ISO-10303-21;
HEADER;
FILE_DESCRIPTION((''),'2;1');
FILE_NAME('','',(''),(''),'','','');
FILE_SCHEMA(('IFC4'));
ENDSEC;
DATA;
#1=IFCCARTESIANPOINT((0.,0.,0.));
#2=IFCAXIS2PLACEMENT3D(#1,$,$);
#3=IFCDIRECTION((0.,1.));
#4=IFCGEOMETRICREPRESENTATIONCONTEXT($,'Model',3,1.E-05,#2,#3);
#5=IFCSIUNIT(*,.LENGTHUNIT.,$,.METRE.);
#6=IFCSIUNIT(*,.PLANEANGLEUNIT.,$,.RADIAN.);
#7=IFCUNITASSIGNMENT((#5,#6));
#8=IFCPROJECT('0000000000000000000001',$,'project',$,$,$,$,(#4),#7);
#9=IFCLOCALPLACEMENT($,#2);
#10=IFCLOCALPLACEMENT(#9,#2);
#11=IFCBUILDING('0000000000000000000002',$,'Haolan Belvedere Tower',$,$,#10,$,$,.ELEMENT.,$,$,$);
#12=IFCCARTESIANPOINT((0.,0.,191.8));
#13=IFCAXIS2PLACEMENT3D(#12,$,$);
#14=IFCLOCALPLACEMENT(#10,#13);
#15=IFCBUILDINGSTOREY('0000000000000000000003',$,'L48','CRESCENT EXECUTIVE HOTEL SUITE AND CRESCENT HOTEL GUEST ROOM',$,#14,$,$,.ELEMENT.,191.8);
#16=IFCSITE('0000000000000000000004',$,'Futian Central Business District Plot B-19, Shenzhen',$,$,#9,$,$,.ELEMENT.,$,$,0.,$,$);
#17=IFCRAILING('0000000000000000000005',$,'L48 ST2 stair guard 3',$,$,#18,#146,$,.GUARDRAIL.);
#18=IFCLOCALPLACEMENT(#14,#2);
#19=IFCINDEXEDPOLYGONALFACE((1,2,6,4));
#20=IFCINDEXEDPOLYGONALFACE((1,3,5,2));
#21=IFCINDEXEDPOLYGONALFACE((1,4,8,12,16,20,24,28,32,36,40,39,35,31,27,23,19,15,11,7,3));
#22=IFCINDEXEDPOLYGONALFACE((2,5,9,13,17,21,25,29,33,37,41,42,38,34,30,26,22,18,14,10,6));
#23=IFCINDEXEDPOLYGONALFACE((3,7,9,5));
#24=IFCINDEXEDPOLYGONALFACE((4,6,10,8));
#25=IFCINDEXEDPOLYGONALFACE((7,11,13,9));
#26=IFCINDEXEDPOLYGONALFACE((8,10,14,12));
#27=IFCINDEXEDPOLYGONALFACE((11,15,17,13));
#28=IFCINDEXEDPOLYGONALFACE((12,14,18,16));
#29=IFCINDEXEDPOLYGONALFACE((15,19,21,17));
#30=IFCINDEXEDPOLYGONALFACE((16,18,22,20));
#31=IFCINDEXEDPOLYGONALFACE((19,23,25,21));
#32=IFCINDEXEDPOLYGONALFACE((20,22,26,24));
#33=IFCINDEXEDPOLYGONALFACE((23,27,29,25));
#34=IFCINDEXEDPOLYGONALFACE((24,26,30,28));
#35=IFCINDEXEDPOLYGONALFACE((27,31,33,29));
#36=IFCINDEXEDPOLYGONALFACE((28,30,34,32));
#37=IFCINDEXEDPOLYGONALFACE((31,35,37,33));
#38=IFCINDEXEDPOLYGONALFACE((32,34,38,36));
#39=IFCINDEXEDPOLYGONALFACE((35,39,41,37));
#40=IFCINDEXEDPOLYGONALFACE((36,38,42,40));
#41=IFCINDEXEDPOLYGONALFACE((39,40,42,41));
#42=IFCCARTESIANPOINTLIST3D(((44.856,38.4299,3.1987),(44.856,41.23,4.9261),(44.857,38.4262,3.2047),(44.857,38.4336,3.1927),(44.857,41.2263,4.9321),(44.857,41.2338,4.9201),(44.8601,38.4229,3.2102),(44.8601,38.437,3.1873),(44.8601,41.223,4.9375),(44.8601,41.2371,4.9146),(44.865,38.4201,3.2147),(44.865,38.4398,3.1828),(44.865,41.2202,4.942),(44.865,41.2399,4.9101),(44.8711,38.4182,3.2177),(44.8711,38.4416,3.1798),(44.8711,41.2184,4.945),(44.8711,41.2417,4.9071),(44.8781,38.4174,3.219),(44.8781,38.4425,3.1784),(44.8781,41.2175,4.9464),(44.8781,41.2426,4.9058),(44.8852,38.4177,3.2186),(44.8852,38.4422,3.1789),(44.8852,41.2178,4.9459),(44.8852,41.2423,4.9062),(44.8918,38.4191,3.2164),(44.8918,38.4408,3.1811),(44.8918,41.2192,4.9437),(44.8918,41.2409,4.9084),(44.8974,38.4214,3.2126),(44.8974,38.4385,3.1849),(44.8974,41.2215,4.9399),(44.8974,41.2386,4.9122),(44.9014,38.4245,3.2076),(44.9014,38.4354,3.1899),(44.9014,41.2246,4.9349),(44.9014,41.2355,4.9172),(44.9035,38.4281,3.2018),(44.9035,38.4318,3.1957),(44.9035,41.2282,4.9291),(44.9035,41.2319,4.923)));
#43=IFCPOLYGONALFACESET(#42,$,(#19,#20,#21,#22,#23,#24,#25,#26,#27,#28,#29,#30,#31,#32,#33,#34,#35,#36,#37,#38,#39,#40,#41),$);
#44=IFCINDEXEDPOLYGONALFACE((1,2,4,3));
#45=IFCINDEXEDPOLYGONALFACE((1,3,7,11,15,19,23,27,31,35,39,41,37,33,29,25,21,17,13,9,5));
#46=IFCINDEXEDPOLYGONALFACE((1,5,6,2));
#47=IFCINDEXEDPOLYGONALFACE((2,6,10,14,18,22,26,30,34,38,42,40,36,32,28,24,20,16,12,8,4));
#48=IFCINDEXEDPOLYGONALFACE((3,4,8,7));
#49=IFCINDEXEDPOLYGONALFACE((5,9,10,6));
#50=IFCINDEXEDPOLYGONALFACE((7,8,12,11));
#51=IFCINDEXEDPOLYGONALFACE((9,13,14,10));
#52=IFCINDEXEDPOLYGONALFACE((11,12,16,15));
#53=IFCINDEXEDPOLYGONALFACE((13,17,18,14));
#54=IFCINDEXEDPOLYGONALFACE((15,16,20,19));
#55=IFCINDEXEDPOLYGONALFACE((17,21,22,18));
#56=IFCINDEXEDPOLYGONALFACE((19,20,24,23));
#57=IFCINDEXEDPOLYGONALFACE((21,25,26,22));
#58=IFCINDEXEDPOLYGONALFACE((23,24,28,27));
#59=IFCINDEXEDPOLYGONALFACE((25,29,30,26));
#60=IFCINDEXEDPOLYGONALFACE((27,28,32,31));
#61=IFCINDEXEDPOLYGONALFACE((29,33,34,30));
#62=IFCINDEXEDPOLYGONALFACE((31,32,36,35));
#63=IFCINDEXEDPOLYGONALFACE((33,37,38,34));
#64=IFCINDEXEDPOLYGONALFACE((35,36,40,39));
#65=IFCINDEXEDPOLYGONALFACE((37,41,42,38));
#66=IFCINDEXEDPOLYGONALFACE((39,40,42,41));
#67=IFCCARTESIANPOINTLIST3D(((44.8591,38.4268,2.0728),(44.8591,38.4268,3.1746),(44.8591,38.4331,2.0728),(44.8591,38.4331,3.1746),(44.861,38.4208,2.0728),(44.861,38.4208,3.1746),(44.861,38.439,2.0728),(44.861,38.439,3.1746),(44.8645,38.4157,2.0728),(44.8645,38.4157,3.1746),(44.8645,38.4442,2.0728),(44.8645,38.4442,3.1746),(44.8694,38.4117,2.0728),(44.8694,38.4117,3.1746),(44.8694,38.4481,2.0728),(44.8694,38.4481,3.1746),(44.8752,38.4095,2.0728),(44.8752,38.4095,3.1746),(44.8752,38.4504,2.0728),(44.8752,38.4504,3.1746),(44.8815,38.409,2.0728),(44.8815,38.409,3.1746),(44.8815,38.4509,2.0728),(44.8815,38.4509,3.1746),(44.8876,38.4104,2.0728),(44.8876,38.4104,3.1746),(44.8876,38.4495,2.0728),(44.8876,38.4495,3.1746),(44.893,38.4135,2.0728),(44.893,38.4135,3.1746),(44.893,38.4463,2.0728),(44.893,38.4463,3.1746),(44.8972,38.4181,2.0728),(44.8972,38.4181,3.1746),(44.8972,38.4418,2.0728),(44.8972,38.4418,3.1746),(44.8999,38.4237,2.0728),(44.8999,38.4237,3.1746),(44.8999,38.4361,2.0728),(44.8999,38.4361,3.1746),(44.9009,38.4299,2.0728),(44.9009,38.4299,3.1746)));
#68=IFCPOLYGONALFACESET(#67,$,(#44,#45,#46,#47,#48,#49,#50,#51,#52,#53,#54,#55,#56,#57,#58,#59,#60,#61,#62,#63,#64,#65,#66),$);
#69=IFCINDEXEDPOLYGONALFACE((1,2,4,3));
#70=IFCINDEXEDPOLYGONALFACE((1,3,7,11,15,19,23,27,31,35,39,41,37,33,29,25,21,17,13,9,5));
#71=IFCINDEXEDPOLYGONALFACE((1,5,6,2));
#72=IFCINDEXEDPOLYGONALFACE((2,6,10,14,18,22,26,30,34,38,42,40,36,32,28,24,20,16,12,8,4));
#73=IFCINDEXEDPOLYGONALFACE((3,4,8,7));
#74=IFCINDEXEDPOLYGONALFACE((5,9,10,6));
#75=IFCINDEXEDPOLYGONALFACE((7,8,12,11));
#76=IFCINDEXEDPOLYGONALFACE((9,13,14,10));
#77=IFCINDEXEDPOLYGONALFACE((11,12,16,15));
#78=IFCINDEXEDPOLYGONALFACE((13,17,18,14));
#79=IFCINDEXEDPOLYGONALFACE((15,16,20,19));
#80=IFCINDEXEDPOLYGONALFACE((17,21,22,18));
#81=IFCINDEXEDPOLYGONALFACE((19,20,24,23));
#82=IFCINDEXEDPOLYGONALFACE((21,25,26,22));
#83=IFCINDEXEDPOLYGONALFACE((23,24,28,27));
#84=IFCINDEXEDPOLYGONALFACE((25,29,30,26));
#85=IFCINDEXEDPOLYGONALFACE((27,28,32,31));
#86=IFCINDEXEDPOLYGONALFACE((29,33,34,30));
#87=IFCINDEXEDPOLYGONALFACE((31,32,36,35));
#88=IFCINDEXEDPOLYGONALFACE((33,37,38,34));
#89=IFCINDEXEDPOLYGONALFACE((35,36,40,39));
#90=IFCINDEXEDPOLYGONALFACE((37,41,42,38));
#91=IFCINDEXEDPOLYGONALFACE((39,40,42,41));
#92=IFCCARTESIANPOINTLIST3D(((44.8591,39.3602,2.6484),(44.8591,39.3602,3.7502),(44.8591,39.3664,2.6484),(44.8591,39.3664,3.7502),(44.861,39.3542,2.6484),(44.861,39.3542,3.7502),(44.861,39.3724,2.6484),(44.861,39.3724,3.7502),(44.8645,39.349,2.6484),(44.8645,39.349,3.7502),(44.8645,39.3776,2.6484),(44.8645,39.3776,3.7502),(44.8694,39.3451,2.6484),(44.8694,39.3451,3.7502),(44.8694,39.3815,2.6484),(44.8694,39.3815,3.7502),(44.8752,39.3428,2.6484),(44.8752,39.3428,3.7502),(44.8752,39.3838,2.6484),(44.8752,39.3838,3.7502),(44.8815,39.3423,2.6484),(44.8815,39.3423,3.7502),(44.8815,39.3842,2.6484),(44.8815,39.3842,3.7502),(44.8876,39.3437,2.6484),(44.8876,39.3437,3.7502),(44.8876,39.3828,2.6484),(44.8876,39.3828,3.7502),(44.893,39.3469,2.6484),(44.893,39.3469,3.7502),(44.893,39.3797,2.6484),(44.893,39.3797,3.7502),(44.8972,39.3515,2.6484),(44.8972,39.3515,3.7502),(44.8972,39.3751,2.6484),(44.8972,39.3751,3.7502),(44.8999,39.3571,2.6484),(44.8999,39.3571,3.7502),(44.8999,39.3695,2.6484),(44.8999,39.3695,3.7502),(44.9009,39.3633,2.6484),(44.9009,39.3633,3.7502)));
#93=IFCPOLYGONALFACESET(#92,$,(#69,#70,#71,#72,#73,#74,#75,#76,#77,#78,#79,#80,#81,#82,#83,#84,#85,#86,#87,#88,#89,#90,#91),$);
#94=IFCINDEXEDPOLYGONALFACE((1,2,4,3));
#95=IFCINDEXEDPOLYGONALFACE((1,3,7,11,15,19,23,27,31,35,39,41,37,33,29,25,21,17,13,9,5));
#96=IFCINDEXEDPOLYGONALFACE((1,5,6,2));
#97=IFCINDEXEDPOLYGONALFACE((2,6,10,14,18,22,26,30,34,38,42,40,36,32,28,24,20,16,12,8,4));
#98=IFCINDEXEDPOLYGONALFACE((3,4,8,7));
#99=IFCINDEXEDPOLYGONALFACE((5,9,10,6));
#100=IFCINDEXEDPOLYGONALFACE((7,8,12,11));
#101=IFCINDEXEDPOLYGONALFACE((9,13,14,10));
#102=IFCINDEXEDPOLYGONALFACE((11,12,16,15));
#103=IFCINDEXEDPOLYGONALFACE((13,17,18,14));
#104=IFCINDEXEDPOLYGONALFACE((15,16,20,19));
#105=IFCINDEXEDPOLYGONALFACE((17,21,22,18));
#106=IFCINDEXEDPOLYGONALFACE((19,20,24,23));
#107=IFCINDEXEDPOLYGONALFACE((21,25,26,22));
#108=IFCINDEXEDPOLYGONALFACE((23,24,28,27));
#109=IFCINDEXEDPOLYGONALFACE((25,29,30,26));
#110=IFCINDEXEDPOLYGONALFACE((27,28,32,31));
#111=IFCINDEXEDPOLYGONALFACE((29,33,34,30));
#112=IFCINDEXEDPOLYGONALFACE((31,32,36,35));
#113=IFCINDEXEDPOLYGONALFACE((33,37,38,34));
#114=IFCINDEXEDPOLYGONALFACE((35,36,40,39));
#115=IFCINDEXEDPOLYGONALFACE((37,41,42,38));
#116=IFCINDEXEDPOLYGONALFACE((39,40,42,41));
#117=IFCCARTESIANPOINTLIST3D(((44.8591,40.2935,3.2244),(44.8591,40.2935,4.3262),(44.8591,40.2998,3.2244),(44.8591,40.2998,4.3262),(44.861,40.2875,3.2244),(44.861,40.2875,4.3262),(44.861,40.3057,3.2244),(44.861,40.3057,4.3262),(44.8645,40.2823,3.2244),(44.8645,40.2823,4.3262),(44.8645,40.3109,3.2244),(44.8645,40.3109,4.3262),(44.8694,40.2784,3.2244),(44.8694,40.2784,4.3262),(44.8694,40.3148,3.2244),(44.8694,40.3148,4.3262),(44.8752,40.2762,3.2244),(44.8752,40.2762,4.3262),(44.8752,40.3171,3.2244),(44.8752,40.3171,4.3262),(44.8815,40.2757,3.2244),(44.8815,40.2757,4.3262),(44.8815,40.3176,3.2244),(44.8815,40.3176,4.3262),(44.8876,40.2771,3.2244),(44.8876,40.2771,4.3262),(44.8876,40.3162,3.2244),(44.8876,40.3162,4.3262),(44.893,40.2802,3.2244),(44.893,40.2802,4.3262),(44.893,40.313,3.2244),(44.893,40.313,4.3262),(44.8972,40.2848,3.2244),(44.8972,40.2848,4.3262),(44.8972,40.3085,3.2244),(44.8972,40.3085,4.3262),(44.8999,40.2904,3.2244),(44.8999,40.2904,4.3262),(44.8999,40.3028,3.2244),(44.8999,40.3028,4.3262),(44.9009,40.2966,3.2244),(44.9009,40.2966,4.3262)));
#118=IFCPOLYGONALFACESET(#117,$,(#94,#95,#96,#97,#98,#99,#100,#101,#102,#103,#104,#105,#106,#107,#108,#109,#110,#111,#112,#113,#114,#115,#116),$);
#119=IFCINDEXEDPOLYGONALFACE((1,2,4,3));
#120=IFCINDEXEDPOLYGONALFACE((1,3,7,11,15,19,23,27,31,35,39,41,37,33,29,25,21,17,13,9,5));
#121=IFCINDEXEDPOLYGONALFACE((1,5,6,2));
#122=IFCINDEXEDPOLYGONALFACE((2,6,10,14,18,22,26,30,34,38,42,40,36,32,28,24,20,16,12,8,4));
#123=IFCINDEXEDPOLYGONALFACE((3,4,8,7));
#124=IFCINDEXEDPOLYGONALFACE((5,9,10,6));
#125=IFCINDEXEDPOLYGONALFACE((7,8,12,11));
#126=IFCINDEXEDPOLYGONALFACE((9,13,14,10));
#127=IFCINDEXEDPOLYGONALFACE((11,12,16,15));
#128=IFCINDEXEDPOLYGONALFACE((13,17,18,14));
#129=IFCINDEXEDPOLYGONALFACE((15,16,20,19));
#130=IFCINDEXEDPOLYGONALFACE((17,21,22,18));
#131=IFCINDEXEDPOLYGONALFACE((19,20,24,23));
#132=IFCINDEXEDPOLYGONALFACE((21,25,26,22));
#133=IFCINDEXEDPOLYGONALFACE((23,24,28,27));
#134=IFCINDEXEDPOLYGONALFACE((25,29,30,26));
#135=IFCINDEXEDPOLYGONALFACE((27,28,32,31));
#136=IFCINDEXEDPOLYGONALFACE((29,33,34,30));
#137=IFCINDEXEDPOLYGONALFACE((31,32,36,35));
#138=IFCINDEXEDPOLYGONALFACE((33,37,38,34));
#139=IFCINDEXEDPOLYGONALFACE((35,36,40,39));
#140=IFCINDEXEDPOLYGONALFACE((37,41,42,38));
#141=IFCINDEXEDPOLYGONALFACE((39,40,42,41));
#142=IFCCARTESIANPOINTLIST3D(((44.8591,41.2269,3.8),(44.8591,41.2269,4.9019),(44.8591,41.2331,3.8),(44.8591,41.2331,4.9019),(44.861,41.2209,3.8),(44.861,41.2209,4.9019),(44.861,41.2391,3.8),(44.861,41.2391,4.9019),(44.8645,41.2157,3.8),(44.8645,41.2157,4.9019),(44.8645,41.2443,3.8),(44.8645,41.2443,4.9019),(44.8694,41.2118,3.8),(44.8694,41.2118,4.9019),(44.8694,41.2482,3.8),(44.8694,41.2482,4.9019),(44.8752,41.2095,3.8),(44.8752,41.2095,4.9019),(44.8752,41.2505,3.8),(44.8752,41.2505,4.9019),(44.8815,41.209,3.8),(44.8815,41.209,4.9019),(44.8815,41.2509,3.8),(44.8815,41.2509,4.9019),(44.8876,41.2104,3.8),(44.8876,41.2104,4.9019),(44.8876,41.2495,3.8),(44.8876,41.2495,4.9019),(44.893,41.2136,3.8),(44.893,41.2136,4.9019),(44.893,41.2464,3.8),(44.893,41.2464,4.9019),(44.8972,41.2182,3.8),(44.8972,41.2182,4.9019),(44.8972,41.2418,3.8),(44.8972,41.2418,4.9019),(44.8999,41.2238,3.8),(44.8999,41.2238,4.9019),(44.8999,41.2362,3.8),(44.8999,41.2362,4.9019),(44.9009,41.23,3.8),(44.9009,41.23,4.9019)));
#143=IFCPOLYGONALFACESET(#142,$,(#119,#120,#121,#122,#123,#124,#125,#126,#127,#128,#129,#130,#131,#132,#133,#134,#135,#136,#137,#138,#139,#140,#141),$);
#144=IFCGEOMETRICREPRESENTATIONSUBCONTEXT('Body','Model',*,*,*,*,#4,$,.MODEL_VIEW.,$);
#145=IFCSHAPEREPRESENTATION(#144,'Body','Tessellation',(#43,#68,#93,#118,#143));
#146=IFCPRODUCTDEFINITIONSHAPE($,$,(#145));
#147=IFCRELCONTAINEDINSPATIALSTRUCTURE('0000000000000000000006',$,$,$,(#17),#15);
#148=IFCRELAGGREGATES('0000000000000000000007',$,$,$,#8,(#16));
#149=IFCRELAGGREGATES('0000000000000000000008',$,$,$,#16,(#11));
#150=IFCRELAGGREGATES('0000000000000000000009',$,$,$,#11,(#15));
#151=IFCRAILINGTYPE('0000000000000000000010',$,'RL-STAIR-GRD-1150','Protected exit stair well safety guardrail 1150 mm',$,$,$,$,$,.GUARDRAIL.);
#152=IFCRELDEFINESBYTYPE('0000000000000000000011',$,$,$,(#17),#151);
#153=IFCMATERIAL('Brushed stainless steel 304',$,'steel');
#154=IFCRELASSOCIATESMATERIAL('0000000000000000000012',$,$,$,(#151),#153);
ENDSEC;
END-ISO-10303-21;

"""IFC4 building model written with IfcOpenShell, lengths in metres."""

from ifc_helpers import new_model, si_unit, direction, frame, origin, origin_2d, place, context, subcontext, project, spatial, circle, extrude, material, type_object, element, save


model = new_model("IFC4")

# Units and contexts
model_context = context("Model", 3, precision=1e-05, world=origin(), true_north=direction((0.0, 1.0)))
body_context = subcontext(model_context, "Body", "Model", "MODEL_VIEW")
ifc_project = project(units=[si_unit("LENGTHUNIT", "METRE"), si_unit("PLANEANGLEUNIT", "RADIAN")], contexts=[model_context])

# Site, building, storey
site_placement = place(None, origin())
site = spatial("IfcSite", under=ifc_project, at=site_placement, Name="Futian Central Business District Plot B-19, Shenzhen", CompositionType="ELEMENT", RefElevation=0.0)
building_placement = place(site_placement, origin())
building = spatial("IfcBuilding", under=site, at=building_placement, Name="Haolan Belvedere Tower", CompositionType="ELEMENT")
storey_placement = place(building_placement, frame((0.0, 0.0, 191.8)))
storey = spatial("IfcBuildingStorey", under=building, at=storey_placement, Name="L48", Description="CRESCENT EXECUTIVE HOTEL SUITE AND CRESCENT HOTEL GUEST ROOM", CompositionType="ELEMENT", Elevation=191.8)

# Railing
ifc_material_1 = material(Name="Brushed stainless steel 304", Category="steel")
railing_type_1 = type_object("IfcRailingType", Name="RL-STAIR-GRD-1150", Description="Protected exit stair well safety guardrail 1150 mm", PredefinedType="GUARDRAIL", material=ifc_material_1)
railing_1_placement = place(storey_placement, frame((44.8799, 38.4299, 2.0728)))
element("IfcRailing", 1, at=railing_1_placement, inside=storey, type_object=railing_type_1, Name="L48 ST2 stair guard 3", PredefinedType="GUARDRAIL", context=body_context, shape_type="SweptSolid", body=[
    extrude(circle(Radius=0.0239, at=origin_2d()), frame((0.0, 0.0, 1.126), z_axis=(0.0, 0.85109, 0.52502), x_axis=(-1.0, 0.0, 0.0)), (0.0, 0.0, 1.0), 3.29),
    extrude(circle(Radius=0.021, at=origin_2d()), origin(), (0.0, 0.0, 1.0), 1.1018),
    extrude(circle(Radius=0.021, at=origin_2d()), frame((0.0, 0.9333, 0.5757)), (0.0, 0.0, 1.0), 1.1018),
    extrude(circle(Radius=0.021, at=origin_2d()), frame((0.0, 1.8667, 1.1516)), (0.0, 0.0, 1.0), 1.1018),
    extrude(circle(Radius=0.021, at=origin_2d()), frame((0.0, 2.8, 1.7273)), (0.0, 0.0, 1.0), 1.1018),
])

save(model, "model.ifc")
